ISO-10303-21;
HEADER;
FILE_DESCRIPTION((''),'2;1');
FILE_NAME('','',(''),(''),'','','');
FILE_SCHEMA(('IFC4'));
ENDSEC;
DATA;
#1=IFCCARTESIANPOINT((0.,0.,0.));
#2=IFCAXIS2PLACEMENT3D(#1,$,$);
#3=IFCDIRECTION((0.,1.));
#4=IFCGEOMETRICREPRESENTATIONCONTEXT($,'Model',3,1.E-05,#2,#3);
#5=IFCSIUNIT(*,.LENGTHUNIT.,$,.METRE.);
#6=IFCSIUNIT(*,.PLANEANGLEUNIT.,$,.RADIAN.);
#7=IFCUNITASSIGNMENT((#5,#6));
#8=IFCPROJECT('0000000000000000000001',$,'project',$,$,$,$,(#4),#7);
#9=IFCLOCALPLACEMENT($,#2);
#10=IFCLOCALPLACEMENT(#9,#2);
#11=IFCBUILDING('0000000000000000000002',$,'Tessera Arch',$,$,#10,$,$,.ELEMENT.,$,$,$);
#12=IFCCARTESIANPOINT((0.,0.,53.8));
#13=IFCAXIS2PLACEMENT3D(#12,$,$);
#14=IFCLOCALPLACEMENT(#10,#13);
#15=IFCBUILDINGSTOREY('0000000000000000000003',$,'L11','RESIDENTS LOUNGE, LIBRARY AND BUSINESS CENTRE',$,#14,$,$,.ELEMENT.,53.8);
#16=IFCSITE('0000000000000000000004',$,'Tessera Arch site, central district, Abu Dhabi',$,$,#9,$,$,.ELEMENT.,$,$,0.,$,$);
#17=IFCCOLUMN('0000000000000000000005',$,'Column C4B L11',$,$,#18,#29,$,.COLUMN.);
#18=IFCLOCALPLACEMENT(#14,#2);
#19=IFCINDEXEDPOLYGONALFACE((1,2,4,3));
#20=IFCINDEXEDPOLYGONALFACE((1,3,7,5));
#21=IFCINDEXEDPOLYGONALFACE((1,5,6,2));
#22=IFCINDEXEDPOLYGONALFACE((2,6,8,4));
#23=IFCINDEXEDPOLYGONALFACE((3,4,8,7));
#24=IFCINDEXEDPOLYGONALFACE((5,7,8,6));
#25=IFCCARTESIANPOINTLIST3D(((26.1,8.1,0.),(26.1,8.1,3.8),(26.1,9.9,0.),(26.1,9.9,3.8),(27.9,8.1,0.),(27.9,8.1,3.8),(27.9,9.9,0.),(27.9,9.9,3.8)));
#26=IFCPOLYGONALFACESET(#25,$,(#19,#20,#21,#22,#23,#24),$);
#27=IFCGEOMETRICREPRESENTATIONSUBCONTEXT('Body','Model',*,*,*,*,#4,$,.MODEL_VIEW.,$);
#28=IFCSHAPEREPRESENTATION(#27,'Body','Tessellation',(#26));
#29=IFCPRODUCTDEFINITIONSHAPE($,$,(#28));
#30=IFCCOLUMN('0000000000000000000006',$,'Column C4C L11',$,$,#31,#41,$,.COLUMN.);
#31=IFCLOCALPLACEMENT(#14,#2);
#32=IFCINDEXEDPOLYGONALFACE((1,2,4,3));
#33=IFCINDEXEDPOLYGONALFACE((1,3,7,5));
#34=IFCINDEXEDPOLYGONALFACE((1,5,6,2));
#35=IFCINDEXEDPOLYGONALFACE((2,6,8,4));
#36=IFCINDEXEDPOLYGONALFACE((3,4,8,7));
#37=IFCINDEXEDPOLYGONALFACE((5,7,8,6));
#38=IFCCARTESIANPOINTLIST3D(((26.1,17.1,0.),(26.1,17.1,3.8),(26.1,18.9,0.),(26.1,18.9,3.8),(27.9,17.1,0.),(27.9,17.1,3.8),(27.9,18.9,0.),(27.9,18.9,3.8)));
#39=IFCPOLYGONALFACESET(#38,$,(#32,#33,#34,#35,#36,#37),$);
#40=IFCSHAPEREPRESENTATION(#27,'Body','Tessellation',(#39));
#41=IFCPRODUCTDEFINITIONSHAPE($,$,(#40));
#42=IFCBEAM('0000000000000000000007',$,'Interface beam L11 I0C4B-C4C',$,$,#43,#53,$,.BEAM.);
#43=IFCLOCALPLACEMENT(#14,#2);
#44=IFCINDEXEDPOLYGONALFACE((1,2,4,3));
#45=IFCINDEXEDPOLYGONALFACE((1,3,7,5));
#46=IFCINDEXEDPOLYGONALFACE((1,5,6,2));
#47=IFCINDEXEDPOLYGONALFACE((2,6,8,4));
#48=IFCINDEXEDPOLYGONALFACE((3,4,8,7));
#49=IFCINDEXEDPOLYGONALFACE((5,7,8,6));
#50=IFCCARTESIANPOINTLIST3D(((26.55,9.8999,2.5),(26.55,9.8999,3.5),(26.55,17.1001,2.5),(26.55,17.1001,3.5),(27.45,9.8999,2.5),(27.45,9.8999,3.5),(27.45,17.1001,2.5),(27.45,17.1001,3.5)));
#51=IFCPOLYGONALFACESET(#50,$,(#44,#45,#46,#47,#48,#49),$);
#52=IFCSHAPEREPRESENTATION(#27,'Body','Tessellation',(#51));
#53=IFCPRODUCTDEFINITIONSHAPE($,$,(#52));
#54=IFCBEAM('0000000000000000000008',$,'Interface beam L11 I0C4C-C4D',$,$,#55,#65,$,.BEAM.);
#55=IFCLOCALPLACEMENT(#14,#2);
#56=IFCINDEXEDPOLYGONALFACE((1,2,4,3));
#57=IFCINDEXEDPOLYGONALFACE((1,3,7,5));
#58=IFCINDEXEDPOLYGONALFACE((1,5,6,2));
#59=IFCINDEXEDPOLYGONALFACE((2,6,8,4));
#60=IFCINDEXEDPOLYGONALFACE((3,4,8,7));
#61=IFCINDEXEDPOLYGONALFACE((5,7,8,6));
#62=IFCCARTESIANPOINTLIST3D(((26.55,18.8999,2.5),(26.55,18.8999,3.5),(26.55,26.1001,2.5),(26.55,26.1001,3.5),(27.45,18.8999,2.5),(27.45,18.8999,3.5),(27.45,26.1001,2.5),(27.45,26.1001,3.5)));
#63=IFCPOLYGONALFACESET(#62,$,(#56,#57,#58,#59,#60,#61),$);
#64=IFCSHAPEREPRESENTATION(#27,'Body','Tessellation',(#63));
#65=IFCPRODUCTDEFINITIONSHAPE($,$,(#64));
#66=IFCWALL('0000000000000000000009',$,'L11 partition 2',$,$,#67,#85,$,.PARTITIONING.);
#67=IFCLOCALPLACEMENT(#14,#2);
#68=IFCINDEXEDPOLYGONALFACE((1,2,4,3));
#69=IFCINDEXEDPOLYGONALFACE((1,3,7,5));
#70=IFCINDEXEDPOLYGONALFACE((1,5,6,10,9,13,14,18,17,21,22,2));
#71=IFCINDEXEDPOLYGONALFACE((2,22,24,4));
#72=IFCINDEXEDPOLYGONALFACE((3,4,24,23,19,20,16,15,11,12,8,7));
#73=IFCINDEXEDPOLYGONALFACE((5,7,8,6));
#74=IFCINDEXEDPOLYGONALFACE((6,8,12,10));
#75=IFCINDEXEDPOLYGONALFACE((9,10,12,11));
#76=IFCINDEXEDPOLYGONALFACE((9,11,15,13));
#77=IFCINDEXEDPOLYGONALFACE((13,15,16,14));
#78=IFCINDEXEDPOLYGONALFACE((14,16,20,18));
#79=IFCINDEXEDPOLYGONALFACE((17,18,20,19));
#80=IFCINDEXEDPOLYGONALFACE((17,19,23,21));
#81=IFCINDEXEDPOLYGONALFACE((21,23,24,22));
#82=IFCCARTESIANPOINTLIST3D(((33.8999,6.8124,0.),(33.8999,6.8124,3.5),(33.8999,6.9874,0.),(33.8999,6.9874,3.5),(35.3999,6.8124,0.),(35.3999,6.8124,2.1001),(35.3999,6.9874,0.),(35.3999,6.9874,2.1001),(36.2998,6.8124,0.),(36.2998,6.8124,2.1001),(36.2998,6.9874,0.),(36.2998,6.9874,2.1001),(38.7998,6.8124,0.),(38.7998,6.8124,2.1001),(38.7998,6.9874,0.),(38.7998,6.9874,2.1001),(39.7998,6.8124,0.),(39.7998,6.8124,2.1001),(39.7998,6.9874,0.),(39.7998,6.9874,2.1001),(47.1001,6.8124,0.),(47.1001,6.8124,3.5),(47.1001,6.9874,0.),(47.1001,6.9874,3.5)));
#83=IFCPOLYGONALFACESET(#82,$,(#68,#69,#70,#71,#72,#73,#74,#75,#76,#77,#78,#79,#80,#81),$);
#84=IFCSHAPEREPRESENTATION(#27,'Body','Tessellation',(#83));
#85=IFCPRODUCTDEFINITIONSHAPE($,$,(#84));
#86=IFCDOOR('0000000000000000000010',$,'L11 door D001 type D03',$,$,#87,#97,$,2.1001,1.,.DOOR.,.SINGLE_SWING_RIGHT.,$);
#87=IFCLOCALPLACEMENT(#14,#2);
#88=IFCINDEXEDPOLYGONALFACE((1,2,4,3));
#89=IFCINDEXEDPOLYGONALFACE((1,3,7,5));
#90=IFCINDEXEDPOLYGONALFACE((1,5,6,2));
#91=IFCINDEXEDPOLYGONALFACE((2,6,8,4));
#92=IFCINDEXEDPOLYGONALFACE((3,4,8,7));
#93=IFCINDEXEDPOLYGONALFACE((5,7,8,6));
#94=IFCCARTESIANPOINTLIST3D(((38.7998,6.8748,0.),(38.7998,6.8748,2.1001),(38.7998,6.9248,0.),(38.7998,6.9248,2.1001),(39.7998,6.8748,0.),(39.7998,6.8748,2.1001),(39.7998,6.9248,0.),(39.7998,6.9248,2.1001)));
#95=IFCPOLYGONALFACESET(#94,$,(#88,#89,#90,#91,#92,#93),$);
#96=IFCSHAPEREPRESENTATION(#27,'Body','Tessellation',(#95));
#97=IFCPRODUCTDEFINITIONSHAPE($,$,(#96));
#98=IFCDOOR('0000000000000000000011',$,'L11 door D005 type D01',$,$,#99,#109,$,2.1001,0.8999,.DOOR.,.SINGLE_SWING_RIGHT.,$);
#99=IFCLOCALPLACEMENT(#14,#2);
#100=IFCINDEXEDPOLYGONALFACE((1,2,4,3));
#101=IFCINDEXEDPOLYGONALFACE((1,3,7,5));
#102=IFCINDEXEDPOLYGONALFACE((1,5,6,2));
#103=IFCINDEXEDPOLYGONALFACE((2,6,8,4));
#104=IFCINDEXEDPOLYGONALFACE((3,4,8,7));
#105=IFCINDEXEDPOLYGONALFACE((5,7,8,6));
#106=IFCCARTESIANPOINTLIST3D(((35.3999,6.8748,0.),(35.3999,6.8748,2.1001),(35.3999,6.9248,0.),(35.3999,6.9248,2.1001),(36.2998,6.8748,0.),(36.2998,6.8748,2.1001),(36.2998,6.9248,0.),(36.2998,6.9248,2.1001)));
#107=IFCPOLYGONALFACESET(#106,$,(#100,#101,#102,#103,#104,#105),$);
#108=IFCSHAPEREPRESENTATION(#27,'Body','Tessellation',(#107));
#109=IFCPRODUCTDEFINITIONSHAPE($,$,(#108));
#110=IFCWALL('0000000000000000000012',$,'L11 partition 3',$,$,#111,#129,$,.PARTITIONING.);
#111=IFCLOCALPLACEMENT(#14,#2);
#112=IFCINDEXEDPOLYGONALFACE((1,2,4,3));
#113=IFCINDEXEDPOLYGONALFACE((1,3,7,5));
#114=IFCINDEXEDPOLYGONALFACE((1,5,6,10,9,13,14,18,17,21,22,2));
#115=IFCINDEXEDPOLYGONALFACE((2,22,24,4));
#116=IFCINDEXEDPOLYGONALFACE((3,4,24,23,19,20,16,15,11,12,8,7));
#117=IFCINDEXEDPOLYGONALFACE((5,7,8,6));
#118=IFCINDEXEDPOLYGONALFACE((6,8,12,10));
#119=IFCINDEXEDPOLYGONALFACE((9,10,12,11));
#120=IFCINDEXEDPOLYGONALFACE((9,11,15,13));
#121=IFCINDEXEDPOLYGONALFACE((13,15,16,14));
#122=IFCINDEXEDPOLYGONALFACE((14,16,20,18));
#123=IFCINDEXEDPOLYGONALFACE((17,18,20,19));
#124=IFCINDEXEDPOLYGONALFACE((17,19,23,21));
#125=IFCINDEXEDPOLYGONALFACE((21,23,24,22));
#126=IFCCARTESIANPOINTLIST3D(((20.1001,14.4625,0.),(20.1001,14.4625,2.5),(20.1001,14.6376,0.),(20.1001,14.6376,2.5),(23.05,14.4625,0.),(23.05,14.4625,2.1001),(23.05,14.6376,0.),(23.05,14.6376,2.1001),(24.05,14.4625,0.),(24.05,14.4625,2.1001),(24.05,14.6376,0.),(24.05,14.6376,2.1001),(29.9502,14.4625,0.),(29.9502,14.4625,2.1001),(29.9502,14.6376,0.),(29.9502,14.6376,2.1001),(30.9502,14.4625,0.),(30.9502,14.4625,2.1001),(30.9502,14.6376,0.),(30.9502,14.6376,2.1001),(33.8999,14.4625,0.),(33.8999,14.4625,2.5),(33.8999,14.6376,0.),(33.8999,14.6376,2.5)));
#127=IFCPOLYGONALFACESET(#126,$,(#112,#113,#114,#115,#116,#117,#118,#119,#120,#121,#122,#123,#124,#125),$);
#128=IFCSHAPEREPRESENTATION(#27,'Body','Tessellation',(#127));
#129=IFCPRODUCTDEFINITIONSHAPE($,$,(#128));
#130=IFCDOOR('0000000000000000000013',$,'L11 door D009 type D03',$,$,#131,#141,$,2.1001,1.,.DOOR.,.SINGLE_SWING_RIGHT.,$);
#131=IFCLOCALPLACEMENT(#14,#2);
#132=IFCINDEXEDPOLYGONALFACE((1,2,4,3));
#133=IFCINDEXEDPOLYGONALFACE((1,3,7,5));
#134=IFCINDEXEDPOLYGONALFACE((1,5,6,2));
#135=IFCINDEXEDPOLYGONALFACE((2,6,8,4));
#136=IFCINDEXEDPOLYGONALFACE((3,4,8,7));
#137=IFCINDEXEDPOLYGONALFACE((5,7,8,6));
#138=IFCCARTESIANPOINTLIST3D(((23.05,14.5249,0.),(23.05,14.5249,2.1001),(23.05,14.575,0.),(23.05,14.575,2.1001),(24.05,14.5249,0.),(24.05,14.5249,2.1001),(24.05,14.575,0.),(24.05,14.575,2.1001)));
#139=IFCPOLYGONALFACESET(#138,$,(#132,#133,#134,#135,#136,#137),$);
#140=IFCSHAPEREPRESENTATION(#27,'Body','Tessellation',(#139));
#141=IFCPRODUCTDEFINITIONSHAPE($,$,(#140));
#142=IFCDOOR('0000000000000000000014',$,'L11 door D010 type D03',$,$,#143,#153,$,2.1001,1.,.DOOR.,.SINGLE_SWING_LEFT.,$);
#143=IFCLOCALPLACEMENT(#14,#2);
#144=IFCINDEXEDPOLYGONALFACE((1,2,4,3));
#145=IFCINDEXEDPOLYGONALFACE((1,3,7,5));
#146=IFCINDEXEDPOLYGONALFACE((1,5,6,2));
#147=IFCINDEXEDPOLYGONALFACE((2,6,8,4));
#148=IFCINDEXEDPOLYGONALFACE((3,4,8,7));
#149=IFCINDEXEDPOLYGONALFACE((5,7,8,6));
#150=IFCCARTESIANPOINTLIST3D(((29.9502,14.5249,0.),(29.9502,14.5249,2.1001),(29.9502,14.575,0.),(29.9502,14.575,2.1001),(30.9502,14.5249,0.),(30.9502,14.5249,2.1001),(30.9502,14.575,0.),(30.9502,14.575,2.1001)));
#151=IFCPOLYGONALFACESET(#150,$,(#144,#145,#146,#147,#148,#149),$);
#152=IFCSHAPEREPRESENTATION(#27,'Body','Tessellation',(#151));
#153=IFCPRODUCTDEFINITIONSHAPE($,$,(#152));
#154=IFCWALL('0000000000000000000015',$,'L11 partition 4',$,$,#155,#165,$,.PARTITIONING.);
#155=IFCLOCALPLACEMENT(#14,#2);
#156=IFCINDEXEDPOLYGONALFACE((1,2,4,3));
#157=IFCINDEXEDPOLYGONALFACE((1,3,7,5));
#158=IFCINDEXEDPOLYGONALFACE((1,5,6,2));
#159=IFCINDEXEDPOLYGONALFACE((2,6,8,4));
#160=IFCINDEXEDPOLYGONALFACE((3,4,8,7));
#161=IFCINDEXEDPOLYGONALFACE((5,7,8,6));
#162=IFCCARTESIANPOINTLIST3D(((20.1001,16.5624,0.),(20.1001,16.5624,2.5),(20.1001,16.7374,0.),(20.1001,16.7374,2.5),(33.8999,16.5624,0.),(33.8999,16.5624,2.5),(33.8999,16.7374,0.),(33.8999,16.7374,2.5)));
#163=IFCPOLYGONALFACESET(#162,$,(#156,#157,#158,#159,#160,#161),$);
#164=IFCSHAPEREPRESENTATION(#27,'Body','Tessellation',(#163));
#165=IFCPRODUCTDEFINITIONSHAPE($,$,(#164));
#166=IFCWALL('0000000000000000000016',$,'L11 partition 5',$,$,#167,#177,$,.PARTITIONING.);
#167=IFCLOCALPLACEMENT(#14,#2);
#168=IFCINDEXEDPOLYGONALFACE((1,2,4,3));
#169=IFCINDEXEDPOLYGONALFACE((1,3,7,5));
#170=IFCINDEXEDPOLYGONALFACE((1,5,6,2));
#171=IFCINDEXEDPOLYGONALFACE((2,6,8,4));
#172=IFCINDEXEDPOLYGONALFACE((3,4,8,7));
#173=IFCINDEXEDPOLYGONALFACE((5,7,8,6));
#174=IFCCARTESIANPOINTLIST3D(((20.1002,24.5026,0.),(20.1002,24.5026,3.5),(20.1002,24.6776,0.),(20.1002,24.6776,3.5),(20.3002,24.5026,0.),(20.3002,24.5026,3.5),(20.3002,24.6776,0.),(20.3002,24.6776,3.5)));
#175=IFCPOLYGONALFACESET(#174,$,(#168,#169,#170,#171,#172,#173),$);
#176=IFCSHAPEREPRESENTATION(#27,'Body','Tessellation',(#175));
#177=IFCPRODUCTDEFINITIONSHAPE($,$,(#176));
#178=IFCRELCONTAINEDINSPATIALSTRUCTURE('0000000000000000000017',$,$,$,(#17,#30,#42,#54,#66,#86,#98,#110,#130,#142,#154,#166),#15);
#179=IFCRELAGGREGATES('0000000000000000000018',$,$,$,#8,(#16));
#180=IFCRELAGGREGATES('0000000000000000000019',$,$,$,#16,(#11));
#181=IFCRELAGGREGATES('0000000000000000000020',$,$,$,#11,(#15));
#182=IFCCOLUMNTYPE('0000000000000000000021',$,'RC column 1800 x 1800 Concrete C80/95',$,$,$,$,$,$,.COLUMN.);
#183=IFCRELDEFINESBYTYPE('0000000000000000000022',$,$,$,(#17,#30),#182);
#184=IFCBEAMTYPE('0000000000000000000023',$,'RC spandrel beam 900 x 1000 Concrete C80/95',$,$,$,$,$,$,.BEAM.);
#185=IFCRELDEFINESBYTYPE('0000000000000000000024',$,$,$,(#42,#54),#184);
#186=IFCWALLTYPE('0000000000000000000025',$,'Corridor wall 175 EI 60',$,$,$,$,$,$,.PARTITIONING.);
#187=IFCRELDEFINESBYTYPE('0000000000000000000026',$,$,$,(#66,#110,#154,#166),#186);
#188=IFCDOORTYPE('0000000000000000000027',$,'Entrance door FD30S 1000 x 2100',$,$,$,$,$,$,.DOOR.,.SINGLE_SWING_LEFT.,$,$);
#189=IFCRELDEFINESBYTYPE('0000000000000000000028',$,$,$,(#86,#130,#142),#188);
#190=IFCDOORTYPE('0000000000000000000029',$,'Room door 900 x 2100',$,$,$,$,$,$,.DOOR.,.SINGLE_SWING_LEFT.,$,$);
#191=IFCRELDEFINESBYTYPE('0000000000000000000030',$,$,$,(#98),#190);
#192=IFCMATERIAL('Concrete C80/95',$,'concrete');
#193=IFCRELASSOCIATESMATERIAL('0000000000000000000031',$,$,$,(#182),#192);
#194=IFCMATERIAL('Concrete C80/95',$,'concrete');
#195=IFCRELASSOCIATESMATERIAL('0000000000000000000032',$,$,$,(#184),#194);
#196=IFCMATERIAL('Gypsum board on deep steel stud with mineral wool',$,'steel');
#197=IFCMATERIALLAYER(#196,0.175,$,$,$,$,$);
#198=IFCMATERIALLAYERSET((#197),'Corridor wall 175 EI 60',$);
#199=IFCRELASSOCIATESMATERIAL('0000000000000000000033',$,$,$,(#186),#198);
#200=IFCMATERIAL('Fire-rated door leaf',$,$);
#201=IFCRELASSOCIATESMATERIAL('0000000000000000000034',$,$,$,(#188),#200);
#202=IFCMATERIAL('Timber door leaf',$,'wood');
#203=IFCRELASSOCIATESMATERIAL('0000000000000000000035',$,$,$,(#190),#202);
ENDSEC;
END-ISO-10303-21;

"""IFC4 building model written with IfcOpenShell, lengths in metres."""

from ifc_helpers import new_model, si_unit, direction, frame, frame_2d, origin, origin_2d, place, context, subcontext, project, spatial, rectangle, extrude, material, layer, layer_set, material_profile, profile_set, type_object, element, fill, save


model = new_model("IFC4")

# Units and contexts
model_context = context("Model", 3, precision=1e-05, world=origin(), true_north=direction((0.0, 1.0)))
body_context = subcontext(model_context, "Body", "Model", "MODEL_VIEW")
ifc_project = project(units=[si_unit("LENGTHUNIT", "METRE"), si_unit("PLANEANGLEUNIT", "RADIAN")], contexts=[model_context])

# Site, building, storey
site_placement = place(None, origin())
site = spatial("IfcSite", under=ifc_project, at=site_placement, Name="Tessera Arch site, central district, Abu Dhabi", CompositionType="ELEMENT", RefElevation=0.0)
building_placement = place(site_placement, origin())
building = spatial("IfcBuilding", under=site, at=building_placement, Name="Tessera Arch", CompositionType="ELEMENT")
storey_placement = place(building_placement, frame((0.0, 0.0, 53.8)))
storey = spatial("IfcBuildingStorey", under=building, at=storey_placement, Name="L11", Description="RESIDENTS LOUNGE, LIBRARY AND BUSINESS CENTRE", CompositionType="ELEMENT", Elevation=53.8)

# Columns
ifc_material_1 = material(Name="Concrete C80/95", Category="concrete")
ifc_material_profile_1 = material_profile(ifc_material_1, rectangle(XDim=1.8, YDim=1.8, at=origin_2d()), Name="RC column 1800 x 1800 Concrete C80/95")
ifc_profile_set_1 = profile_set([ifc_material_profile_1], Name="Concrete C80/95")
column_type = type_object("IfcColumnType", Name="RC column 1800 x 1800 Concrete C80/95", PredefinedType="COLUMN", material=ifc_profile_set_1)
for number, where, z_axis, x_axis, name in (
    (1, (27.0, 9.0, 0.0), (0.0, 0.0, 1.0), (1.0, 0.0, 0.0), "Column C4B L11"),
    (2, (27.0, 18.0, 0.0), (0.0, 0.0, 1.0), (1.0, 0.0, 0.0), "Column C4C L11"),
):
    element("IfcColumn", number, at=place(storey_placement, frame(where, z_axis=z_axis, x_axis=x_axis)), inside=storey, type_object=column_type, Name=name, PredefinedType="COLUMN", context=body_context, shape_type="SweptSolid", body=[
        extrude(rectangle(XDim=1.8, YDim=1.8, at=origin_2d()), origin(), (0.0, 0.0, 1.0), 3.8),
    ])

# Beams
ifc_material_2 = material(Name="Concrete C80/95", Category="concrete")
ifc_material_profile_2 = material_profile(ifc_material_2, rectangle(XDim=0.8999, YDim=1.0, at=origin_2d()), Name="RC spandrel beam 900 x 1000 Concrete C80/95")
ifc_profile_set_2 = profile_set([ifc_material_profile_2], Name="Concrete C80/95")
beam_type = type_object("IfcBeamType", Name="RC spandrel beam 900 x 1000 Concrete C80/95", PredefinedType="BEAM", material=ifc_profile_set_2)
for number, where, z_axis, x_axis, name in (
    (3, (27.0, 9.8999, 3.0), (0.0, 1.0, 0.0), (-1.0, 0.0, 0.0), "Interface beam L11 I0C4B-C4C"),
    (4, (27.0, 18.8999, 3.0), (0.0, 1.0, 0.0), (-1.0, 0.0, 0.0), "Interface beam L11 I0C4C-C4D"),
):
    element("IfcBeam", number, at=place(storey_placement, frame(where, z_axis=z_axis, x_axis=x_axis)), inside=storey, type_object=beam_type, Name=name, PredefinedType="BEAM", context=body_context, shape_type="SweptSolid", body=[
        extrude(rectangle(XDim=0.8999, YDim=1.0, at=origin_2d()), origin(), (0.0, 0.0, 1.0), 7.2002),
    ])

# Walls, openings, doors
ifc_material_3 = material(Name="Gypsum board on deep steel stud with mineral wool", Category="steel")
ifc_layer_1 = layer(ifc_material_3, 0.175)
ifc_layer_set_1 = layer_set([ifc_layer_1], Name="Corridor wall 175 EI 60")
wall_type_1 = type_object("IfcWallType", Name="Corridor wall 175 EI 60", PredefinedType="PARTITIONING", material=ifc_layer_set_1)
wall_1_placement = place(storey_placement, frame((33.8999, 6.8999, 0.0), z_axis=(0.0, 0.0, 1.0), x_axis=(1.0, 0.0, 0.0)))
wall_1 = element("IfcWall", 5, at=wall_1_placement, inside=storey, type_object=wall_type_1, Name="L11 partition 2", PredefinedType="PARTITIONING", context=body_context, shape_type="SweptSolid", body=[
    extrude(rectangle(XDim=13.2002, YDim=0.175, at=frame_2d((6.6001, 0.0))), origin(), (0.0, 0.0, 1.0), 3.5),
])
opening_1_placement = place(wall_1_placement, frame((4.8999, 0.0, 0.0)))
opening_1 = element("IfcOpeningElement", 6, at=opening_1_placement, cuts=wall_1, PredefinedType="OPENING", context=body_context, shape_type="SweptSolid", body=[
    extrude(rectangle(XDim=1.0, YDim=2.1001, at=frame_2d((0.5, 1.05))), frame((0.0, 0.0974, 0.0), z_axis=(0.0, -1.0, 0.0), x_axis=(1.0, 0.0, 0.0)), (0.0, 0.0, 1.0), 0.1951),
])
opening_2_placement = place(wall_1_placement, frame((1.5, 0.0, 0.0)))
opening_2 = element("IfcOpeningElement", 7, at=opening_2_placement, cuts=wall_1, PredefinedType="OPENING", context=body_context, shape_type="SweptSolid", body=[
    extrude(rectangle(XDim=0.8999, YDim=2.1001, at=frame_2d((0.45, 1.05))), frame((0.0, 0.0974, 0.0), z_axis=(0.0, -1.0, 0.0), x_axis=(1.0, 0.0, 0.0)), (0.0, 0.0, 1.0), 0.1951),
])
ifc_material_4 = material(Name="Fire-rated door leaf")
door_type_1 = type_object("IfcDoorType", Name="Entrance door FD30S 1000 x 2100", OperationType="SINGLE_SWING_LEFT", PredefinedType="DOOR", material=ifc_material_4)
door_1_placement = place(opening_1_placement, origin())
door_1 = element("IfcDoor", 8, at=door_1_placement, inside=storey, type_object=door_type_1, Name="L11 door D001 type D03", OperationType="SINGLE_SWING_RIGHT", OverallHeight=2.1001, OverallWidth=1.0, PredefinedType="DOOR", context=body_context, shape_type="SweptSolid", body=[
    extrude(rectangle(XDim=1.0, YDim=2.1001, at=frame_2d((0.5, 1.05))), frame((0.0, 0.0249, 0.0), z_axis=(0.0, -1.0, 0.0), x_axis=(1.0, 0.0, 0.0)), (0.0, 0.0, 1.0), 0.05),
])
fill(opening_1, door_1)
ifc_material_5 = material(Name="Timber door leaf", Category="wood")
door_type_2 = type_object("IfcDoorType", Name="Room door 900 x 2100", OperationType="SINGLE_SWING_LEFT", PredefinedType="DOOR", material=ifc_material_5)
door_2_placement = place(opening_2_placement, origin())
door_2 = element("IfcDoor", 9, at=door_2_placement, inside=storey, type_object=door_type_2, Name="L11 door D005 type D01", OperationType="SINGLE_SWING_RIGHT", OverallHeight=2.1001, OverallWidth=0.8999, PredefinedType="DOOR", context=body_context, shape_type="SweptSolid", body=[
    extrude(rectangle(XDim=0.8999, YDim=2.1001, at=frame_2d((0.45, 1.05))), frame((0.0, 0.0249, 0.0), z_axis=(0.0, -1.0, 0.0), x_axis=(1.0, 0.0, 0.0)), (0.0, 0.0, 1.0), 0.05),
])
fill(opening_2, door_2)
wall_2_placement = place(storey_placement, frame((20.1001, 14.55, 0.0), z_axis=(0.0, 0.0, 1.0), x_axis=(1.0, 0.0, 0.0)))
wall_2 = element("IfcWall", 10, at=wall_2_placement, inside=storey, type_object=wall_type_1, Name="L11 partition 3", PredefinedType="PARTITIONING", context=body_context, shape_type="SweptSolid", body=[
    extrude(rectangle(XDim=13.7998, YDim=0.175, at=frame_2d((6.8999, 0.0))), origin(), (0.0, 0.0, 1.0), 2.5),
])
opening_3_placement = place(wall_2_placement, frame((2.95, 0.0, 0.0)))
opening_3 = element("IfcOpeningElement", 11, at=opening_3_placement, cuts=wall_2, PredefinedType="OPENING", context=body_context, shape_type="SweptSolid", body=[
    extrude(rectangle(XDim=1.0, YDim=2.1001, at=frame_2d((0.5, 1.05))), frame((0.0, 0.0974, 0.0), z_axis=(0.0, -1.0, 0.0), x_axis=(1.0, 0.0, 0.0)), (0.0, 0.0, 1.0), 0.1951),
])
opening_4_placement = place(wall_2_placement, frame((9.8501, 0.0, 0.0)))
opening_4 = element("IfcOpeningElement", 12, at=opening_4_placement, cuts=wall_2, PredefinedType="OPENING", context=body_context, shape_type="SweptSolid", body=[
    extrude(rectangle(XDim=1.0, YDim=2.1001, at=frame_2d((0.5, 1.05))), frame((0.0, 0.0974, 0.0), z_axis=(0.0, -1.0, 0.0), x_axis=(1.0, 0.0, 0.0)), (0.0, 0.0, 1.0), 0.1951),
])
door_3_placement = place(opening_3_placement, origin())
door_3 = element("IfcDoor", 13, at=door_3_placement, inside=storey, type_object=door_type_1, Name="L11 door D009 type D03", OperationType="SINGLE_SWING_RIGHT", OverallHeight=2.1001, OverallWidth=1.0, PredefinedType="DOOR", context=body_context, shape_type="SweptSolid", body=[
    extrude(rectangle(XDim=1.0, YDim=2.1001, at=frame_2d((0.5, 1.05))), frame((0.0, 0.0249, 0.0), z_axis=(0.0, -1.0, 0.0), x_axis=(1.0, 0.0, 0.0)), (0.0, 0.0, 1.0), 0.05),
])
fill(opening_3, door_3)
door_4_placement = place(opening_4_placement, origin())
door_4 = element("IfcDoor", 14, at=door_4_placement, inside=storey, type_object=door_type_1, Name="L11 door D010 type D03", OperationType="SINGLE_SWING_LEFT", OverallHeight=2.1001, OverallWidth=1.0, PredefinedType="DOOR", context=body_context, shape_type="SweptSolid", body=[
    extrude(rectangle(XDim=1.0, YDim=2.1001, at=frame_2d((0.5, 1.05))), frame((0.0, 0.0249, 0.0), z_axis=(0.0, -1.0, 0.0), x_axis=(1.0, 0.0, 0.0)), (0.0, 0.0, 1.0), 0.05),
])
fill(opening_4, door_4)

# Walls
wall_3_placement = place(storey_placement, frame((20.1001, 16.6499, 0.0), z_axis=(0.0, 0.0, 1.0), x_axis=(1.0, 0.0, 0.0)))
element("IfcWall", 15, at=wall_3_placement, inside=storey, type_object=wall_type_1, Name="L11 partition 4", PredefinedType="PARTITIONING", context=body_context, shape_type="SweptSolid", body=[
    extrude(rectangle(XDim=13.7998, YDim=0.175, at=frame_2d((6.8999, 0.0))), origin(), (0.0, 0.0, 1.0), 2.5),
])
for number, where, z_axis, x_axis, name in (
    (16, (20.1001, 24.5901, 0.0), (0.0, 0.0, 1.0), (1.0, 0.0, 0.0), "L11 partition 5"),
):
    element("IfcWall", number, at=place(storey_placement, frame(where, z_axis=z_axis, x_axis=x_axis)), inside=storey, type_object=wall_type_1, Name=name, PredefinedType="PARTITIONING", context=body_context, shape_type="SweptSolid", body=[
        extrude(rectangle(XDim=0.2, YDim=0.175, at=frame_2d((0.1001, 0.0))), origin(), (0.0, 0.0, 1.0), 3.5),
    ])

save(model, "model.ifc")
